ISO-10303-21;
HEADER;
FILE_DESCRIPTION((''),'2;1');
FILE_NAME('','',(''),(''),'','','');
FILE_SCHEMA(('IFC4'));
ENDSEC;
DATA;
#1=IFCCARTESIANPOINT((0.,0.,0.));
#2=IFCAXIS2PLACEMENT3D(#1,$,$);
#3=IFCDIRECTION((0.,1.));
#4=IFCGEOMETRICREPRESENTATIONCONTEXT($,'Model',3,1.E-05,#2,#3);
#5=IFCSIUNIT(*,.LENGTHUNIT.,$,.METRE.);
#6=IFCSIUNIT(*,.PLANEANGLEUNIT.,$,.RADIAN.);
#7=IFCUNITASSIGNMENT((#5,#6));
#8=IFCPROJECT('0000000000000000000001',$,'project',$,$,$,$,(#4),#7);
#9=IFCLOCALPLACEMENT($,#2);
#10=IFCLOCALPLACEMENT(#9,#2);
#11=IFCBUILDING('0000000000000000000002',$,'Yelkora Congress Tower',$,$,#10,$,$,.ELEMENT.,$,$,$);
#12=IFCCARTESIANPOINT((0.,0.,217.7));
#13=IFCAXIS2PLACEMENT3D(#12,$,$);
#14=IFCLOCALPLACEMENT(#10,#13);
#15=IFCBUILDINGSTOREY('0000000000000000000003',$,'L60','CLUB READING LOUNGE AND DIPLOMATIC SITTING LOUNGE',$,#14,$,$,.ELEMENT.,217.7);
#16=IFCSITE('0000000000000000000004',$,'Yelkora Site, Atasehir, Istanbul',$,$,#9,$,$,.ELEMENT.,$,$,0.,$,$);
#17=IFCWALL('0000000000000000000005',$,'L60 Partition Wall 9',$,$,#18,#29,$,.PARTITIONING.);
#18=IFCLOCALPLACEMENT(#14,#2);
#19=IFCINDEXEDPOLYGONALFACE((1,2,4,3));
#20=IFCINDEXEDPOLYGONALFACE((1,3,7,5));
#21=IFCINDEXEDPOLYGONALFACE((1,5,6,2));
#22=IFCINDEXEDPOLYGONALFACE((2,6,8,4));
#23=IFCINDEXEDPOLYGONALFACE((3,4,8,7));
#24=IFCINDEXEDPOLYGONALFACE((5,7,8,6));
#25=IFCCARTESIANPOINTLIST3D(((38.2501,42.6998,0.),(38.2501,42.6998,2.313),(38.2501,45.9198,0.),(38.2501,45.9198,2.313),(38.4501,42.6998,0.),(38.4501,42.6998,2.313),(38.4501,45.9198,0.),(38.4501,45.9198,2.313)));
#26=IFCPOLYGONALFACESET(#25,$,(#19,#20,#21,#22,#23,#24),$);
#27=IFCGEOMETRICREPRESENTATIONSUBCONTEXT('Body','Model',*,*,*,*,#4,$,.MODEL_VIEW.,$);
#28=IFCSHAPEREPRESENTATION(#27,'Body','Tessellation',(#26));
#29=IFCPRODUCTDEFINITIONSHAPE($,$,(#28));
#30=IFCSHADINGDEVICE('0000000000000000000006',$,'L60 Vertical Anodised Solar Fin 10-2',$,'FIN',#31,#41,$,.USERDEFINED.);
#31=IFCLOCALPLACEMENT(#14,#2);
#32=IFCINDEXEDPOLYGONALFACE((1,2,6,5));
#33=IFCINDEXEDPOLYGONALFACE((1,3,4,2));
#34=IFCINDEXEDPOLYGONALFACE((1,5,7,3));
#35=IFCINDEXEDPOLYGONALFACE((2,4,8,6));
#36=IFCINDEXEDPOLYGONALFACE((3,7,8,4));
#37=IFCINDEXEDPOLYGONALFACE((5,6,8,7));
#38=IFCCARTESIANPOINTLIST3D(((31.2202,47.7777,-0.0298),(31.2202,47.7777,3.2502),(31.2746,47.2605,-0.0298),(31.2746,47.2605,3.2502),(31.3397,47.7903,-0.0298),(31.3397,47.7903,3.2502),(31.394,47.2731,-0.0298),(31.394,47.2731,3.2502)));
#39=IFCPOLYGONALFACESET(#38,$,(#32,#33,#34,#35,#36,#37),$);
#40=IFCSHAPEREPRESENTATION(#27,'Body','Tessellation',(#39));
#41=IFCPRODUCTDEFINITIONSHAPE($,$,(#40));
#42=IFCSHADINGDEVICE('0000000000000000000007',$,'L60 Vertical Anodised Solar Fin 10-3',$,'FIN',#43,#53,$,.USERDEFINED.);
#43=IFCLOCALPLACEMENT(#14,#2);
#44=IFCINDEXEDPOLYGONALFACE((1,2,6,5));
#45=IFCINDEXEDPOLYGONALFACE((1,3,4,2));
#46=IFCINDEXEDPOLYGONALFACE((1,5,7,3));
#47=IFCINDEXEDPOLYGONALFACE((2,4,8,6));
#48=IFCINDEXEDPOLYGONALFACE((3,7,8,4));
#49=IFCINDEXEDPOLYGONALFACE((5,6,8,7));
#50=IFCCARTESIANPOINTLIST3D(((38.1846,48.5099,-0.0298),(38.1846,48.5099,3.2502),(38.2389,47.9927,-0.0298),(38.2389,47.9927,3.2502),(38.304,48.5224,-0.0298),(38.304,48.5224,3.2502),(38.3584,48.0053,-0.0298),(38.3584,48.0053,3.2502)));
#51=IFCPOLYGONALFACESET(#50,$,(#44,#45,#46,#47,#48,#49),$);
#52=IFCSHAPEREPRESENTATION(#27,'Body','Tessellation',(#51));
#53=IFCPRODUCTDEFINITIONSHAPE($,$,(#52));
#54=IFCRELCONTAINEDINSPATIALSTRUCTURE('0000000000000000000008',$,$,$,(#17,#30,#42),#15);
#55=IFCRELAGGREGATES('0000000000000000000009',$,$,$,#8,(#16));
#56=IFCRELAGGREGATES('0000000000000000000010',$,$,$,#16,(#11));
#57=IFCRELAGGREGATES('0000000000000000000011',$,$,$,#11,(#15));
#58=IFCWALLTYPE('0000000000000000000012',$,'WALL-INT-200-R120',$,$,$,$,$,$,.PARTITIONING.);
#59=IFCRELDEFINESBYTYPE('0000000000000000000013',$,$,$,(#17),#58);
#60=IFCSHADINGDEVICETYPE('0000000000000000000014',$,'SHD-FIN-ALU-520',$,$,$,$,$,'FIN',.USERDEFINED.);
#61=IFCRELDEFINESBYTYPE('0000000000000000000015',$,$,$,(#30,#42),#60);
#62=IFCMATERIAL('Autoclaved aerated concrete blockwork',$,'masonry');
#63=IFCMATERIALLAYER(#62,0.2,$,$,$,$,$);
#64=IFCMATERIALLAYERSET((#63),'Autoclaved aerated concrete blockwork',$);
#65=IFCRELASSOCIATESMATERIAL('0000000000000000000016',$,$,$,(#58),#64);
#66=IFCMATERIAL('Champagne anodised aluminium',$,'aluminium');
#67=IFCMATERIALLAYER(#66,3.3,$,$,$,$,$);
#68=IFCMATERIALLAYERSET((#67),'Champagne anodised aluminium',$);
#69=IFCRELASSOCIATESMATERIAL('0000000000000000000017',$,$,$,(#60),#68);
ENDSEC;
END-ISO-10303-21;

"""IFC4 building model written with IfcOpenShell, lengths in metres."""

from ifc_helpers import new_model, si_unit, direction, frame, frame_2d, origin, origin_2d, place, context, subcontext, project, spatial, rectangle, extrude, material, layer, layer_set, type_object, element, save


model = new_model("IFC4")

# Units and contexts
model_context = context("Model", 3, precision=1e-05, world=origin(), true_north=direction((0.0, 1.0)))
body_context = subcontext(model_context, "Body", "Model", "MODEL_VIEW")
ifc_project = project(units=[si_unit("LENGTHUNIT", "METRE"), si_unit("PLANEANGLEUNIT", "RADIAN")], contexts=[model_context])

# Site, building, storey
site_placement = place(None, origin())
site = spatial("IfcSite", under=ifc_project, at=site_placement, Name="Yelkora Site, Atasehir, Istanbul", CompositionType="ELEMENT", RefElevation=0.0)
building_placement = place(site_placement, origin())
building = spatial("IfcBuilding", under=site, at=building_placement, Name="Yelkora Congress Tower", CompositionType="ELEMENT")
storey_placement = place(building_placement, frame((0.0, 0.0, 217.7)))
storey = spatial("IfcBuildingStorey", under=building, at=storey_placement, Name="L60", Description="CLUB READING LOUNGE AND DIPLOMATIC SITTING LOUNGE", CompositionType="ELEMENT", Elevation=217.7)

# Shared definitions
ifc_material_1 = material(Name="Autoclaved aerated concrete blockwork", Category="masonry")
ifc_layer_1 = layer(ifc_material_1, 0.2)
ifc_layer_set_1 = layer_set([ifc_layer_1], Name="Autoclaved aerated concrete blockwork")
wall_type_1 = type_object("IfcWallType", Name="WALL-INT-200-R120", PredefinedType="PARTITIONING", material=ifc_layer_set_1)

# Wall
wall_1_placement = place(storey_placement, frame((38.3501, 42.7, 0.0), z_axis=(0.0, 0.0, 1.0), x_axis=(0.0, 1.0, 0.0)))
element("IfcWall", 1, at=wall_1_placement, inside=storey, type_object=wall_type_1, Name="L60 Partition Wall 9", PredefinedType="PARTITIONING", context=body_context, shape_type="SweptSolid", body=[
    extrude(rectangle(XDim=3.22, YDim=0.2, at=frame_2d((1.6099, 0.0))), origin(), (0.0, 0.0, 1.0), 2.313),
])

# Shading devices
ifc_material_2 = material(Name="Champagne anodised aluminium", Category="aluminium")
ifc_layer_2 = layer(ifc_material_2, 3.3)
ifc_layer_set_2 = layer_set([ifc_layer_2], Name="Champagne anodised aluminium")
shading_device_type = type_object("IfcShadingDeviceType", Name="SHD-FIN-ALU-520", ElementType="FIN", PredefinedType="USERDEFINED", material=ifc_layer_set_2)
for number, where, z_axis, x_axis, name in (
    (2, (31.3071, 47.5254, -0.0298), (0.0, 0.0, 1.0), (0.994522, 0.104528, 0.0), "L60 Vertical Anodised Solar Fin 10-2"),
    (3, (38.2715, 48.2576, -0.0298), (0.0, 0.0, 1.0), (0.994522, 0.104528, 0.0), "L60 Vertical Anodised Solar Fin 10-3"),
):
    element("IfcShadingDevice", number, at=place(storey_placement, frame(where, z_axis=z_axis, x_axis=x_axis)), inside=storey, type_object=shading_device_type, Name=name, ObjectType="FIN", PredefinedType="USERDEFINED", context=body_context, shape_type="SweptSolid", body=[
        extrude(rectangle(XDim=0.1201, YDim=0.52, at=origin_2d()), origin(), (0.0, 0.0, 1.0), 3.28),
    ])

save(model, "model.ifc")
